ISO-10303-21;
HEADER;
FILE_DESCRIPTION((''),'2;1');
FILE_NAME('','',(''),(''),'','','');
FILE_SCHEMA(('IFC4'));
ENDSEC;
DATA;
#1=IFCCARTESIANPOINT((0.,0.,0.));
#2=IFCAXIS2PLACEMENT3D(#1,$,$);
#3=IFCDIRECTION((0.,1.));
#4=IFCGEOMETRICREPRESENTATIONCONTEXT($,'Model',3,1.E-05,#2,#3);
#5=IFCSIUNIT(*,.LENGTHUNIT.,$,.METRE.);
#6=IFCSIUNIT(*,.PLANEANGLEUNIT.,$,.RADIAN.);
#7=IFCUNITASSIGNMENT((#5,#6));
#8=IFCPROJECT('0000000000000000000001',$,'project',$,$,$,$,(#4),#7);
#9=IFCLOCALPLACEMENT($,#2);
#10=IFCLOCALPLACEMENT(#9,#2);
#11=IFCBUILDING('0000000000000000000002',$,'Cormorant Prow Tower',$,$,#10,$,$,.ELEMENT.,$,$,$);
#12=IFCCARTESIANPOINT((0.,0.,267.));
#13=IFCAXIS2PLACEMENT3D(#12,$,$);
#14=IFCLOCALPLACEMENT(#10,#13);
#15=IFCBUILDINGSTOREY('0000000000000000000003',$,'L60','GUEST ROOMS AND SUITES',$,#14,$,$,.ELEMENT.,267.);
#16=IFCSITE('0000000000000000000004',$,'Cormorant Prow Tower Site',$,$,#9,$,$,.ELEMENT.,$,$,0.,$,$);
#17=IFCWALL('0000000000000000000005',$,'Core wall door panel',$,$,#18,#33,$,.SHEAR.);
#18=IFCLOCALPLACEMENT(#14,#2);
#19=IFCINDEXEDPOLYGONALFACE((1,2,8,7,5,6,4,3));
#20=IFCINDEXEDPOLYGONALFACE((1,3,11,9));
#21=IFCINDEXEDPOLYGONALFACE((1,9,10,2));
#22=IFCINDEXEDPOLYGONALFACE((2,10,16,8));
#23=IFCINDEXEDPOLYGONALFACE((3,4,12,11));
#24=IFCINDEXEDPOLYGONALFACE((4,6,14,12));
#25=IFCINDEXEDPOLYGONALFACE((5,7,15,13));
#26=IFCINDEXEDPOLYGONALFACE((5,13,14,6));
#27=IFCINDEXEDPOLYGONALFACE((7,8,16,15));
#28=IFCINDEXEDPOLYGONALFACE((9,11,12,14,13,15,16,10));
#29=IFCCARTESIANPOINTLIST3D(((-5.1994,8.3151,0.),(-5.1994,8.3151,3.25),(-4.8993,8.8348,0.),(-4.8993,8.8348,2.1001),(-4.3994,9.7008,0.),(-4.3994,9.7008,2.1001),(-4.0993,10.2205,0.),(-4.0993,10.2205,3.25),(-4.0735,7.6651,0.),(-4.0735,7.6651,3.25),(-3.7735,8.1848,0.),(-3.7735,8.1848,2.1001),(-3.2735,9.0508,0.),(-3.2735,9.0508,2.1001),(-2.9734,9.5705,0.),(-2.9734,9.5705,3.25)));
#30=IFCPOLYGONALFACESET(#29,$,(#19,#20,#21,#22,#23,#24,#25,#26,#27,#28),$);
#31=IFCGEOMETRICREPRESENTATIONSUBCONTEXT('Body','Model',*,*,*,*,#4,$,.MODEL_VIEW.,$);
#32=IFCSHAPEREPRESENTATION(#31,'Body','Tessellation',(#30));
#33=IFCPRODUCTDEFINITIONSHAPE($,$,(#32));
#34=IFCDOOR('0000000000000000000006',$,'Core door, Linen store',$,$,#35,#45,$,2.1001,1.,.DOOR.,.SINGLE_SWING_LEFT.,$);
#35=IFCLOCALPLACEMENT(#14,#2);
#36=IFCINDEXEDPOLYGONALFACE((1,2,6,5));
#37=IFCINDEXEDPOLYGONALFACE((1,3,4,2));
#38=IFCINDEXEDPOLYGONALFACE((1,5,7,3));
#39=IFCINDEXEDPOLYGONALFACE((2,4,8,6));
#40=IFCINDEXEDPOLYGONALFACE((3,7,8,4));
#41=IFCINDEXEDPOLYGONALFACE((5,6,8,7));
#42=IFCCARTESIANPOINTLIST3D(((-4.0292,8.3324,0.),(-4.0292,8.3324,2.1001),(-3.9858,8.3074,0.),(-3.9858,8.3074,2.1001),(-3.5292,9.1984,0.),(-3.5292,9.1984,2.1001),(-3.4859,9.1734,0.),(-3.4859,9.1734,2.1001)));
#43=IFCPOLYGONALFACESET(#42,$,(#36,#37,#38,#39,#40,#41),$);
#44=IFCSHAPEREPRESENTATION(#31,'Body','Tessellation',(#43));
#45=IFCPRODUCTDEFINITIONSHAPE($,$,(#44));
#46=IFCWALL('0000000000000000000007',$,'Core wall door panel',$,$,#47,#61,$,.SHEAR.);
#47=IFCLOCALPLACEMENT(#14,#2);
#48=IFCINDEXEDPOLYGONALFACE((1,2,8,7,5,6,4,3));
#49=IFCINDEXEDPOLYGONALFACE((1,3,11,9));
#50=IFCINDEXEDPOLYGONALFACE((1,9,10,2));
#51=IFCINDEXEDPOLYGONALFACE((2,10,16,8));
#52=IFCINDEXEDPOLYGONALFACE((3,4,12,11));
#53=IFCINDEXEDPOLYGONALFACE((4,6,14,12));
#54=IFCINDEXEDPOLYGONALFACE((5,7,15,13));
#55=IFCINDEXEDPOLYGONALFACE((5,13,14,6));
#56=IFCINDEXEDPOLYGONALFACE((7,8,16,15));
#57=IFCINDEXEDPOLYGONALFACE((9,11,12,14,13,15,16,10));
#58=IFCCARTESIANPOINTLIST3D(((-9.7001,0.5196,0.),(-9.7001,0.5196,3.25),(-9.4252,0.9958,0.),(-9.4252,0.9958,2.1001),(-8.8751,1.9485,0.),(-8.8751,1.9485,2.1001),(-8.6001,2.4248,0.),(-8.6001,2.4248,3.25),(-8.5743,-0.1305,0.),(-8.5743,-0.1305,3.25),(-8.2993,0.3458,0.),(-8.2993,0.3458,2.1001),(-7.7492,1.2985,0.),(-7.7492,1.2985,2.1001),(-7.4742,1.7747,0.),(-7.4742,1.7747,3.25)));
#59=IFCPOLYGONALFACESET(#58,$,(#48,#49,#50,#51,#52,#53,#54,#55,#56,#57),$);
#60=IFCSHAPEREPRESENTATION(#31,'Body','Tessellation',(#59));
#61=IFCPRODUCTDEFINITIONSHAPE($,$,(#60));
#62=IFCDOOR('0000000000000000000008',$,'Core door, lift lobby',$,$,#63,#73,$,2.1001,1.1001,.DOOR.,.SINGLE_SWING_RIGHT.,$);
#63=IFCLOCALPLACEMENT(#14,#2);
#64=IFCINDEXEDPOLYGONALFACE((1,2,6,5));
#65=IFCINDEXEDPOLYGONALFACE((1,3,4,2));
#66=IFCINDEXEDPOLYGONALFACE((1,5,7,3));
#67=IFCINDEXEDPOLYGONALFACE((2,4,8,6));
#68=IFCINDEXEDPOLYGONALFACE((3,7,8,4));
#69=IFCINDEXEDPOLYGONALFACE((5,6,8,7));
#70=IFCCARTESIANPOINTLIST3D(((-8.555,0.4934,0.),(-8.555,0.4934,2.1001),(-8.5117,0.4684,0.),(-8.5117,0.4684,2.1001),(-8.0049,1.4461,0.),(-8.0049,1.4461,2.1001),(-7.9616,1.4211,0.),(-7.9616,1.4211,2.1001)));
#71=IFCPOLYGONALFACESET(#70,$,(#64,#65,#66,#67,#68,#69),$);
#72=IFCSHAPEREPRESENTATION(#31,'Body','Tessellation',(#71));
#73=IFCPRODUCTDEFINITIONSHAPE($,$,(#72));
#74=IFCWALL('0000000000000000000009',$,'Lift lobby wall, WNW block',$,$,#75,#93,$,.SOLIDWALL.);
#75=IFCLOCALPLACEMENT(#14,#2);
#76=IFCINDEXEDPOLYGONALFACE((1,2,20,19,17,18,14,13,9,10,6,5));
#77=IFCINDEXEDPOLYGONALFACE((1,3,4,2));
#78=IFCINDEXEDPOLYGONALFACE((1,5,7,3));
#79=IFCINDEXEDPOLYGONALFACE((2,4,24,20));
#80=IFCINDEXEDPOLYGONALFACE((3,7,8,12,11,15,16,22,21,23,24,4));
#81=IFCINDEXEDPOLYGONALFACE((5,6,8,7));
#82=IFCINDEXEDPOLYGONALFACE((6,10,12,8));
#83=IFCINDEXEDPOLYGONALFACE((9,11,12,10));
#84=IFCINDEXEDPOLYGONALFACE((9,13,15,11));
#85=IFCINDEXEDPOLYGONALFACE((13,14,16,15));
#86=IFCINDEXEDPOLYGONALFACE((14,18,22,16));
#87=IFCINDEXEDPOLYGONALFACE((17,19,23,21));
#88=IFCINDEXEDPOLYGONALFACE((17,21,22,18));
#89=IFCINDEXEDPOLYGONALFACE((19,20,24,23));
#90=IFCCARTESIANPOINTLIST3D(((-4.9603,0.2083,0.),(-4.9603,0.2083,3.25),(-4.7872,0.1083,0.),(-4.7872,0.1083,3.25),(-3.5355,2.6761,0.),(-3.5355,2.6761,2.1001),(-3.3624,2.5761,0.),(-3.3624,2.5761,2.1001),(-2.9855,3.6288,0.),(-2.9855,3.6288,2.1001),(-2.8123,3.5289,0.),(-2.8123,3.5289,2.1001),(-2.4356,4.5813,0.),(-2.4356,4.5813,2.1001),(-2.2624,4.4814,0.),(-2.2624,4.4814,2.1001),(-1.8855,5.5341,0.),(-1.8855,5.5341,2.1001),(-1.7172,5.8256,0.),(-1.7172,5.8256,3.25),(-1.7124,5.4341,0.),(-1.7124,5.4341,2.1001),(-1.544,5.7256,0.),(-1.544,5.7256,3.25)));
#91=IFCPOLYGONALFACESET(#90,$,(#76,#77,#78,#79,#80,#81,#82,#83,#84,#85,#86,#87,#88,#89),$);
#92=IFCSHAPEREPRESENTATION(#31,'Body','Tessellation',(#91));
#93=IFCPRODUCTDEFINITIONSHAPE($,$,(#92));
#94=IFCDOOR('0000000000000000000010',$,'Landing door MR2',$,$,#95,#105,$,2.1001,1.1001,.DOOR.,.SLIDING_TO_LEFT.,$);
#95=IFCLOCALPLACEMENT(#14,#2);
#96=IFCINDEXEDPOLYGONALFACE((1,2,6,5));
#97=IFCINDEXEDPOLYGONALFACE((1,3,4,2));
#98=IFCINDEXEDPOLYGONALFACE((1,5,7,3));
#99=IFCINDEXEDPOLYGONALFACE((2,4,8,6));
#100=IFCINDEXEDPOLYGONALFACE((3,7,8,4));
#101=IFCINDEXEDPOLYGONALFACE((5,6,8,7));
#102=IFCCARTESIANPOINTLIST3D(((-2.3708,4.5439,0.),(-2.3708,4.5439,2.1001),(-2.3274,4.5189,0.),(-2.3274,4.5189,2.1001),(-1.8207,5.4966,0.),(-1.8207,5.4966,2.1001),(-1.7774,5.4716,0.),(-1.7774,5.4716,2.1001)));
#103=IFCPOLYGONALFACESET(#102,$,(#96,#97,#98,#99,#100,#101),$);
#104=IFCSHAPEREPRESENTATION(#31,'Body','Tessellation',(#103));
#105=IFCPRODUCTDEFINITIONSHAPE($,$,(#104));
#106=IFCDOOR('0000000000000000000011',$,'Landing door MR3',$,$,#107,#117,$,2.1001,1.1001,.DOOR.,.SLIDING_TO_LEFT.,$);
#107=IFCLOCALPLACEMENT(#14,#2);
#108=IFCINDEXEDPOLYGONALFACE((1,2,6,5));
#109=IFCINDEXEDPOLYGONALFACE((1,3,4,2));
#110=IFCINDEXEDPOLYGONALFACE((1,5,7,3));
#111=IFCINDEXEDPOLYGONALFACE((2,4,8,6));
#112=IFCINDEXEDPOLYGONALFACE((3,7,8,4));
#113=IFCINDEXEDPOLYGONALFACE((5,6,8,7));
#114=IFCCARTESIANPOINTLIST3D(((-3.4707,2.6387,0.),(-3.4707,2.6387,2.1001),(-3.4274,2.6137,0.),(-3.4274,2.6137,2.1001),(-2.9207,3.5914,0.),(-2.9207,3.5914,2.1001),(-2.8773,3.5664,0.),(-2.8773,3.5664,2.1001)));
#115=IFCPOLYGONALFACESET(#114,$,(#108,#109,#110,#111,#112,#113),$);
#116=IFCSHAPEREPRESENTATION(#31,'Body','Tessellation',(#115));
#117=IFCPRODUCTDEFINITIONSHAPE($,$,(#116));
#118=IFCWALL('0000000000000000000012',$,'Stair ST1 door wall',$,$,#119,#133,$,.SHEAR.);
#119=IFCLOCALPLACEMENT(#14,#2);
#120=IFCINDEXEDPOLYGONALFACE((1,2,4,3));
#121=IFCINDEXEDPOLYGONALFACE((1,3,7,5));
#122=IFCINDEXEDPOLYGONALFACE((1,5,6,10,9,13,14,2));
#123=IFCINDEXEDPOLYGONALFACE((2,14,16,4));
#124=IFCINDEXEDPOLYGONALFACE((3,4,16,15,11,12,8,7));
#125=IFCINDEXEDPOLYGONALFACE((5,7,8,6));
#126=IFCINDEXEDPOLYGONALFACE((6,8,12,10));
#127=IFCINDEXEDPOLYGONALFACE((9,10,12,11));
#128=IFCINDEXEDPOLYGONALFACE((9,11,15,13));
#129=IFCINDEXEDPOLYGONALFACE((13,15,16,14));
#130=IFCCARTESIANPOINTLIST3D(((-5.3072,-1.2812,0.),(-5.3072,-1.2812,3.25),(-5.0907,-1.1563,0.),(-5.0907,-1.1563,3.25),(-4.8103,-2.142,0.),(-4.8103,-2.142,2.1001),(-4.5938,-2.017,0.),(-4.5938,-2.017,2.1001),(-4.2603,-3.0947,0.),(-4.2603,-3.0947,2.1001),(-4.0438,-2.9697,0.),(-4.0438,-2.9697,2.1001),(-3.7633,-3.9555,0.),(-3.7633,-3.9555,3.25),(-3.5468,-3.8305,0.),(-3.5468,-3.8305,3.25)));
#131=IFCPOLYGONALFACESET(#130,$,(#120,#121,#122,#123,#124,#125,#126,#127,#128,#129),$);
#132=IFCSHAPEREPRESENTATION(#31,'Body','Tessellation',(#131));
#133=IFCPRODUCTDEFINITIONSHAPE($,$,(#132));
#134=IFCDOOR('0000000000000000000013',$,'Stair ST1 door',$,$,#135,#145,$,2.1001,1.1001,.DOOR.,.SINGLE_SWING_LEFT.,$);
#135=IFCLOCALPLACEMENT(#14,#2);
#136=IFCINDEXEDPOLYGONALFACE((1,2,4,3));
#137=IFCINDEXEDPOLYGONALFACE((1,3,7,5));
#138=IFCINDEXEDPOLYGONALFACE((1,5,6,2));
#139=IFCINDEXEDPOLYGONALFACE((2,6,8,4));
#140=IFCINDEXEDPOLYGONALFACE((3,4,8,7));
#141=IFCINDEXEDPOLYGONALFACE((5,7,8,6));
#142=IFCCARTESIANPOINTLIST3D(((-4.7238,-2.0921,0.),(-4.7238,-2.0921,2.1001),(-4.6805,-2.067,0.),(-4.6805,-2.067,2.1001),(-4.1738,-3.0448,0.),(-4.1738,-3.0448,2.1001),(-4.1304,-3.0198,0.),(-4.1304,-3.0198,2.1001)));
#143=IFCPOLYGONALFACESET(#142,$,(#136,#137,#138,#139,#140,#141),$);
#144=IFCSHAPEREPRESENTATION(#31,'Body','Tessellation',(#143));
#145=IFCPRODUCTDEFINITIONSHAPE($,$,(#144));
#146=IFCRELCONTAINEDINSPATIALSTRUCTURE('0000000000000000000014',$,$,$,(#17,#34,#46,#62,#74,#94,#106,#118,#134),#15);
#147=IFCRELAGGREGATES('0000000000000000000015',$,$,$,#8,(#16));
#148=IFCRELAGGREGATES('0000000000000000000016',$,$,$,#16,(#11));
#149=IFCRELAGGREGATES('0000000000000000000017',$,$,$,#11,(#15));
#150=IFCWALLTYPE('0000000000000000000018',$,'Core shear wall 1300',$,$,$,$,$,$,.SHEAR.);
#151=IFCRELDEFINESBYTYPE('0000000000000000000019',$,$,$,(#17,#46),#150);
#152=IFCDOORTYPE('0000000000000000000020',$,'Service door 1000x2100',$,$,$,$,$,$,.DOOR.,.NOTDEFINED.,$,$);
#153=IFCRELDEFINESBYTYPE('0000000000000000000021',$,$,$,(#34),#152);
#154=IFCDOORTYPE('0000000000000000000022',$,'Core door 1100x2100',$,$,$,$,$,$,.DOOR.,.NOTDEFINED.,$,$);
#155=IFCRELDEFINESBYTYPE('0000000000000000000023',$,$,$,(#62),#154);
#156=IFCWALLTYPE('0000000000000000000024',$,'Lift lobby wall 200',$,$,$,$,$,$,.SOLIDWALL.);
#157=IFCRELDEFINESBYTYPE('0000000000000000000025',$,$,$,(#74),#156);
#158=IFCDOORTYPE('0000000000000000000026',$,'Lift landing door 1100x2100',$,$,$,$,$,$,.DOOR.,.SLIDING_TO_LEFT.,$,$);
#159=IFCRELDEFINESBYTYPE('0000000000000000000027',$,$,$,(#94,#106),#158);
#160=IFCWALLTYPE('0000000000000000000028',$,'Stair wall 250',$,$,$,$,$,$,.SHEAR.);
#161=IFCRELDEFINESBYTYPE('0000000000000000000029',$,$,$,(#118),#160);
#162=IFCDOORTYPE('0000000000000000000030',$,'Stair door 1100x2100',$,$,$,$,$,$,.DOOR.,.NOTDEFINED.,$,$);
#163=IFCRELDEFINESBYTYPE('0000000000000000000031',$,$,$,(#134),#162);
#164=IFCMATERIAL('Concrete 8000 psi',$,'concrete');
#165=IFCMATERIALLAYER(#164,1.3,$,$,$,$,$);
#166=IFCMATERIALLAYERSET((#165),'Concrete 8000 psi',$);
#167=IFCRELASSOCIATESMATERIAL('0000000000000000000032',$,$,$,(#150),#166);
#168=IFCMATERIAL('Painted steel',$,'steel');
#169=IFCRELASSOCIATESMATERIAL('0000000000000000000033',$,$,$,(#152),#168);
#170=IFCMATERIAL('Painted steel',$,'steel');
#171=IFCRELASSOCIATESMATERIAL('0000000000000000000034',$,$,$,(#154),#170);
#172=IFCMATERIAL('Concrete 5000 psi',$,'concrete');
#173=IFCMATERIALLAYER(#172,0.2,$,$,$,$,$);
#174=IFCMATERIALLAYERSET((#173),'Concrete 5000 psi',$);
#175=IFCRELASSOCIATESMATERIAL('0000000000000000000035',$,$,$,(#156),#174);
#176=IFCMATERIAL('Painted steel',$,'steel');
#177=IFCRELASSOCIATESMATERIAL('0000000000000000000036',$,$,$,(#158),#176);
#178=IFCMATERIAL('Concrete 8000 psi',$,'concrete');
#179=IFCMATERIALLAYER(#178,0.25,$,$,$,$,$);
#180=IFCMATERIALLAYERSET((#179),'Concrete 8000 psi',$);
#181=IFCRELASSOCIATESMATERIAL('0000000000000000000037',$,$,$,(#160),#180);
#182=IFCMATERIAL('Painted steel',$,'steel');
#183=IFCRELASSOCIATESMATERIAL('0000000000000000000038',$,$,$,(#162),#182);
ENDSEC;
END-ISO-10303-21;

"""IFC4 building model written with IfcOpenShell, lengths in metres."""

from ifc_helpers import new_model, si_unit, direction, frame, frame_2d, origin, place, context, subcontext, project, spatial, rectangle, extrude, material, layer, layer_set, type_object, element, fill, save


model = new_model("IFC4")

# Units and contexts
model_context = context("Model", 3, precision=1e-05, world=origin(), true_north=direction((0.0, 1.0)))
body_context = subcontext(model_context, "Body", "Model", "MODEL_VIEW")
ifc_project = project(units=[si_unit("LENGTHUNIT", "METRE"), si_unit("PLANEANGLEUNIT", "RADIAN")], contexts=[model_context])

# Site, building, storey
site_placement = place(None, origin())
site = spatial("IfcSite", under=ifc_project, at=site_placement, Name="Cormorant Prow Tower Site", CompositionType="ELEMENT", RefElevation=0.0)
building_placement = place(site_placement, origin())
building = spatial("IfcBuilding", under=site, at=building_placement, Name="Cormorant Prow Tower", CompositionType="ELEMENT")
storey_placement = place(building_placement, frame((0.0, 0.0, 267.0)))
storey = spatial("IfcBuildingStorey", under=building, at=storey_placement, Name="L60", Description="GUEST ROOMS AND SUITES", CompositionType="ELEMENT", Elevation=267.0)

# Shared definitions
ifc_material_1 = material(Name="Concrete 8000 psi", Category="concrete")
ifc_layer_1 = layer(ifc_material_1, 1.3)
ifc_layer_set_1 = layer_set([ifc_layer_1], Name="Concrete 8000 psi")
wall_type_1 = type_object("IfcWallType", Name="Core shear wall 1300", PredefinedType="SHEAR", material=ifc_layer_set_1)

# Walls, openings, doors
wall_1_placement = place(storey_placement, frame((-3.5364, 9.8955, 0.0), z_axis=(0.0, 0.0, 1.0), x_axis=(-0.499982, -0.866036, 0.0)))
wall_1 = element("IfcWall", 1, at=wall_1_placement, inside=storey, type_object=wall_type_1, Name="Core wall door panel", PredefinedType="SHEAR", context=body_context, shape_type="SweptSolid", body=[
    extrude(rectangle(XDim=2.2002, YDim=1.3, at=frame_2d((1.1001, 0.0))), origin(), (0.0, 0.0, 1.0), 3.25),
])
opening_1_placement = place(wall_1_placement, frame((0.6001, 0.0, 0.0)))
opening_1 = element("IfcOpeningElement", 2, at=opening_1_placement, cuts=wall_1, PredefinedType="OPENING", context=body_context, shape_type="SweptSolid", body=[
    extrude(rectangle(XDim=1.0, YDim=2.1001, at=frame_2d((0.5, 1.05))), frame((0.0, 0.6599, 0.0), z_axis=(0.0, -1.0, 0.0), x_axis=(1.0, 0.0, 0.0)), (0.0, 0.0, 1.0), 1.3201),
])
ifc_material_2 = material(Name="Painted steel", Category="steel")
door_type_1 = type_object("IfcDoorType", Name="Service door 1000x2100", OperationType="NOTDEFINED", PredefinedType="DOOR", material=ifc_material_2)
door_1_placement = place(opening_1_placement, origin())
door_1 = element("IfcDoor", 3, at=door_1_placement, inside=storey, type_object=door_type_1, Name="Core door, Linen store", OperationType="SINGLE_SWING_LEFT", OverallHeight=2.1001, OverallWidth=1.0, PredefinedType="DOOR", context=body_context, shape_type="SweptSolid", body=[
    extrude(rectangle(XDim=1.0, YDim=2.1001, at=frame_2d((0.5, 1.05))), frame((0.0, 0.4048, 0.0), z_axis=(0.0, -1.0, 0.0), x_axis=(1.0, 0.0, 0.0)), (0.0, 0.0, 1.0), 0.05),
])
fill(opening_1, door_1)
wall_2_placement = place(storey_placement, frame((-8.0371, 2.0999, 0.0), z_axis=(0.0, 0.0, 1.0), x_axis=(-0.50003, -0.866008, 0.0)))
wall_2 = element("IfcWall", 4, at=wall_2_placement, inside=storey, type_object=wall_type_1, Name="Core wall door panel", PredefinedType="SHEAR", context=body_context, shape_type="SweptSolid", body=[
    extrude(rectangle(XDim=2.2, YDim=1.3, at=frame_2d((1.1001, 0.0))), origin(), (0.0, 0.0, 1.0), 3.25),
])
opening_2_placement = place(wall_2_placement, frame((0.55, 0.0, 0.0)))
opening_2 = element("IfcOpeningElement", 5, at=opening_2_placement, cuts=wall_2, PredefinedType="OPENING", context=body_context, shape_type="SweptSolid", body=[
    extrude(rectangle(XDim=1.1001, YDim=2.1001, at=frame_2d((0.55, 1.05))), frame((0.0, 0.6599, 0.0), z_axis=(0.0, -1.0, 0.0), x_axis=(1.0, 0.0, 0.0)), (0.0, 0.0, 1.0), 1.3201),
])
ifc_material_3 = material(Name="Painted steel", Category="steel")
door_type_2 = type_object("IfcDoorType", Name="Core door 1100x2100", OperationType="NOTDEFINED", PredefinedType="DOOR", material=ifc_material_3)
door_2_placement = place(opening_2_placement, origin())
door_2 = element("IfcDoor", 6, at=door_2_placement, inside=storey, type_object=door_type_2, Name="Core door, lift lobby", OperationType="SINGLE_SWING_RIGHT", OverallHeight=2.1001, OverallWidth=1.1001, PredefinedType="DOOR", context=body_context, shape_type="SweptSolid", body=[
    extrude(rectangle(XDim=1.1001, YDim=2.1001, at=frame_2d((0.55, 1.05))), frame((0.0, 0.4048, 0.0), z_axis=(0.0, -1.0, 0.0), x_axis=(1.0, 0.0, 0.0)), (0.0, 0.0, 1.0), 0.05),
])
fill(opening_2, door_2)

# Wall, openings, doors
ifc_material_4 = material(Name="Concrete 5000 psi", Category="concrete")
ifc_layer_2 = layer(ifc_material_4, 0.2)
ifc_layer_set_2 = layer_set([ifc_layer_2], Name="Concrete 5000 psi")
wall_type_2 = type_object("IfcWallType", Name="Lift lobby wall 200", PredefinedType="SOLIDWALL", material=ifc_layer_set_2)
wall_3_placement = place(storey_placement, frame((-1.6306, 5.7756, 0.0), z_axis=(0.0, 0.0, 1.0), x_axis=(-0.499993, -0.86603, 0.0)))
wall_3 = element("IfcWall", 7, at=wall_3_placement, inside=storey, type_object=wall_type_2, Name="Lift lobby wall, WNW block", PredefinedType="SOLIDWALL", context=body_context, shape_type="SweptSolid", body=[
    extrude(rectangle(XDim=6.4863, YDim=0.2, at=frame_2d((3.2432, 0.0))), origin(), (0.0, 0.0, 1.0), 3.25),
])
opening_3_placement = place(wall_3_placement, frame((0.3367, 0.0, 0.0)))
opening_3 = element("IfcOpeningElement", 8, at=opening_3_placement, cuts=wall_3, PredefinedType="OPENING", context=body_context, shape_type="SweptSolid", body=[
    extrude(rectangle(XDim=1.1001, YDim=2.1001, at=frame_2d((0.55, 1.05))), frame((0.0, 0.1099, 0.0), z_axis=(0.0, -1.0, 0.0), x_axis=(1.0, 0.0, 0.0)), (0.0, 0.0, 1.0), 0.22),
])
opening_4_placement = place(wall_3_placement, frame((2.5366, 0.0, 0.0)))
opening_4 = element("IfcOpeningElement", 9, at=opening_4_placement, cuts=wall_3, PredefinedType="OPENING", context=body_context, shape_type="SweptSolid", body=[
    extrude(rectangle(XDim=1.1001, YDim=2.1001, at=frame_2d((0.55, 1.05))), frame((0.0, 0.1099, 0.0), z_axis=(0.0, -1.0, 0.0), x_axis=(1.0, 0.0, 0.0)), (0.0, 0.0, 1.0), 0.22),
])
ifc_material_5 = material(Name="Painted steel", Category="steel")
door_type_3 = type_object("IfcDoorType", Name="Lift landing door 1100x2100", OperationType="SLIDING_TO_LEFT", PredefinedType="DOOR", material=ifc_material_5)
door_3_placement = place(opening_3_placement, origin())
door_3 = element("IfcDoor", 10, at=door_3_placement, inside=storey, type_object=door_type_3, Name="Landing door MR2", OperationType="SLIDING_TO_LEFT", OverallHeight=2.1001, OverallWidth=1.1001, PredefinedType="DOOR", context=body_context, shape_type="SweptSolid", body=[
    extrude(rectangle(XDim=1.1001, YDim=2.1001, at=frame_2d((0.55, 1.05))), frame((0.0, 0.0249, 0.0), z_axis=(0.0, -1.0, 0.0), x_axis=(1.0, 0.0, 0.0)), (0.0, 0.0, 1.0), 0.05),
])
fill(opening_3, door_3)
door_4_placement = place(opening_4_placement, origin())
door_4 = element("IfcDoor", 11, at=door_4_placement, inside=storey, type_object=door_type_3, Name="Landing door MR3", OperationType="SLIDING_TO_LEFT", OverallHeight=2.1001, OverallWidth=1.1001, PredefinedType="DOOR", context=body_context, shape_type="SweptSolid", body=[
    extrude(rectangle(XDim=1.1001, YDim=2.1001, at=frame_2d((0.55, 1.05))), frame((0.0, 0.0249, 0.0), z_axis=(0.0, -1.0, 0.0), x_axis=(1.0, 0.0, 0.0)), (0.0, 0.0, 1.0), 0.05),
])
fill(opening_4, door_4)

# Wall, opening, door
ifc_material_6 = material(Name="Concrete 8000 psi", Category="concrete")
ifc_layer_3 = layer(ifc_material_6, 0.25)
ifc_layer_set_3 = layer_set([ifc_layer_3], Name="Concrete 8000 psi")
wall_type_3 = type_object("IfcWallType", Name="Stair wall 250", PredefinedType="SHEAR", material=ifc_layer_set_3)
wall_4_placement = place(storey_placement, frame((-5.199, -1.2188, 0.0), z_axis=(0.0, 0.0, 1.0), x_axis=(0.499983, -0.866035, 0.0)))
wall_4 = element("IfcWall", 12, at=wall_4_placement, inside=storey, type_object=wall_type_3, Name="Stair ST1 door wall", PredefinedType="SHEAR", context=body_context, shape_type="SweptSolid", body=[
    extrude(rectangle(XDim=3.0879, YDim=0.25, at=frame_2d((1.5439, 0.0))), origin(), (0.0, 0.0, 1.0), 3.25),
])
opening_5_placement = place(wall_4_placement, frame((0.9939, 0.0, 0.0)))
opening_5 = element("IfcOpeningElement", 13, at=opening_5_placement, cuts=wall_4, PredefinedType="OPENING", context=body_context, shape_type="SweptSolid", body=[
    extrude(rectangle(XDim=1.1001, YDim=2.1001, at=frame_2d((0.55, 1.05))), frame((0.0, 0.135, 0.0), z_axis=(0.0, -1.0, 0.0), x_axis=(1.0, 0.0, 0.0)), (0.0, 0.0, 1.0), 0.27),
])
ifc_material_7 = material(Name="Painted steel", Category="steel")
door_type_4 = type_object("IfcDoorType", Name="Stair door 1100x2100", OperationType="NOTDEFINED", PredefinedType="DOOR", material=ifc_material_7)
door_5_placement = place(opening_5_placement, origin())
door_5 = element("IfcDoor", 14, at=door_5_placement, inside=storey, type_object=door_type_4, Name="Stair ST1 door", OperationType="SINGLE_SWING_LEFT", OverallHeight=2.1001, OverallWidth=1.1001, PredefinedType="DOOR", context=body_context, shape_type="SweptSolid", body=[
    extrude(rectangle(XDim=1.1001, YDim=2.1001, at=frame_2d((0.55, 1.05))), frame((0.0, 0.0249, 0.0), z_axis=(0.0, -1.0, 0.0), x_axis=(1.0, 0.0, 0.0)), (0.0, 0.0, 1.0), 0.05),
])
fill(opening_5, door_5)

save(model, "model.ifc")
